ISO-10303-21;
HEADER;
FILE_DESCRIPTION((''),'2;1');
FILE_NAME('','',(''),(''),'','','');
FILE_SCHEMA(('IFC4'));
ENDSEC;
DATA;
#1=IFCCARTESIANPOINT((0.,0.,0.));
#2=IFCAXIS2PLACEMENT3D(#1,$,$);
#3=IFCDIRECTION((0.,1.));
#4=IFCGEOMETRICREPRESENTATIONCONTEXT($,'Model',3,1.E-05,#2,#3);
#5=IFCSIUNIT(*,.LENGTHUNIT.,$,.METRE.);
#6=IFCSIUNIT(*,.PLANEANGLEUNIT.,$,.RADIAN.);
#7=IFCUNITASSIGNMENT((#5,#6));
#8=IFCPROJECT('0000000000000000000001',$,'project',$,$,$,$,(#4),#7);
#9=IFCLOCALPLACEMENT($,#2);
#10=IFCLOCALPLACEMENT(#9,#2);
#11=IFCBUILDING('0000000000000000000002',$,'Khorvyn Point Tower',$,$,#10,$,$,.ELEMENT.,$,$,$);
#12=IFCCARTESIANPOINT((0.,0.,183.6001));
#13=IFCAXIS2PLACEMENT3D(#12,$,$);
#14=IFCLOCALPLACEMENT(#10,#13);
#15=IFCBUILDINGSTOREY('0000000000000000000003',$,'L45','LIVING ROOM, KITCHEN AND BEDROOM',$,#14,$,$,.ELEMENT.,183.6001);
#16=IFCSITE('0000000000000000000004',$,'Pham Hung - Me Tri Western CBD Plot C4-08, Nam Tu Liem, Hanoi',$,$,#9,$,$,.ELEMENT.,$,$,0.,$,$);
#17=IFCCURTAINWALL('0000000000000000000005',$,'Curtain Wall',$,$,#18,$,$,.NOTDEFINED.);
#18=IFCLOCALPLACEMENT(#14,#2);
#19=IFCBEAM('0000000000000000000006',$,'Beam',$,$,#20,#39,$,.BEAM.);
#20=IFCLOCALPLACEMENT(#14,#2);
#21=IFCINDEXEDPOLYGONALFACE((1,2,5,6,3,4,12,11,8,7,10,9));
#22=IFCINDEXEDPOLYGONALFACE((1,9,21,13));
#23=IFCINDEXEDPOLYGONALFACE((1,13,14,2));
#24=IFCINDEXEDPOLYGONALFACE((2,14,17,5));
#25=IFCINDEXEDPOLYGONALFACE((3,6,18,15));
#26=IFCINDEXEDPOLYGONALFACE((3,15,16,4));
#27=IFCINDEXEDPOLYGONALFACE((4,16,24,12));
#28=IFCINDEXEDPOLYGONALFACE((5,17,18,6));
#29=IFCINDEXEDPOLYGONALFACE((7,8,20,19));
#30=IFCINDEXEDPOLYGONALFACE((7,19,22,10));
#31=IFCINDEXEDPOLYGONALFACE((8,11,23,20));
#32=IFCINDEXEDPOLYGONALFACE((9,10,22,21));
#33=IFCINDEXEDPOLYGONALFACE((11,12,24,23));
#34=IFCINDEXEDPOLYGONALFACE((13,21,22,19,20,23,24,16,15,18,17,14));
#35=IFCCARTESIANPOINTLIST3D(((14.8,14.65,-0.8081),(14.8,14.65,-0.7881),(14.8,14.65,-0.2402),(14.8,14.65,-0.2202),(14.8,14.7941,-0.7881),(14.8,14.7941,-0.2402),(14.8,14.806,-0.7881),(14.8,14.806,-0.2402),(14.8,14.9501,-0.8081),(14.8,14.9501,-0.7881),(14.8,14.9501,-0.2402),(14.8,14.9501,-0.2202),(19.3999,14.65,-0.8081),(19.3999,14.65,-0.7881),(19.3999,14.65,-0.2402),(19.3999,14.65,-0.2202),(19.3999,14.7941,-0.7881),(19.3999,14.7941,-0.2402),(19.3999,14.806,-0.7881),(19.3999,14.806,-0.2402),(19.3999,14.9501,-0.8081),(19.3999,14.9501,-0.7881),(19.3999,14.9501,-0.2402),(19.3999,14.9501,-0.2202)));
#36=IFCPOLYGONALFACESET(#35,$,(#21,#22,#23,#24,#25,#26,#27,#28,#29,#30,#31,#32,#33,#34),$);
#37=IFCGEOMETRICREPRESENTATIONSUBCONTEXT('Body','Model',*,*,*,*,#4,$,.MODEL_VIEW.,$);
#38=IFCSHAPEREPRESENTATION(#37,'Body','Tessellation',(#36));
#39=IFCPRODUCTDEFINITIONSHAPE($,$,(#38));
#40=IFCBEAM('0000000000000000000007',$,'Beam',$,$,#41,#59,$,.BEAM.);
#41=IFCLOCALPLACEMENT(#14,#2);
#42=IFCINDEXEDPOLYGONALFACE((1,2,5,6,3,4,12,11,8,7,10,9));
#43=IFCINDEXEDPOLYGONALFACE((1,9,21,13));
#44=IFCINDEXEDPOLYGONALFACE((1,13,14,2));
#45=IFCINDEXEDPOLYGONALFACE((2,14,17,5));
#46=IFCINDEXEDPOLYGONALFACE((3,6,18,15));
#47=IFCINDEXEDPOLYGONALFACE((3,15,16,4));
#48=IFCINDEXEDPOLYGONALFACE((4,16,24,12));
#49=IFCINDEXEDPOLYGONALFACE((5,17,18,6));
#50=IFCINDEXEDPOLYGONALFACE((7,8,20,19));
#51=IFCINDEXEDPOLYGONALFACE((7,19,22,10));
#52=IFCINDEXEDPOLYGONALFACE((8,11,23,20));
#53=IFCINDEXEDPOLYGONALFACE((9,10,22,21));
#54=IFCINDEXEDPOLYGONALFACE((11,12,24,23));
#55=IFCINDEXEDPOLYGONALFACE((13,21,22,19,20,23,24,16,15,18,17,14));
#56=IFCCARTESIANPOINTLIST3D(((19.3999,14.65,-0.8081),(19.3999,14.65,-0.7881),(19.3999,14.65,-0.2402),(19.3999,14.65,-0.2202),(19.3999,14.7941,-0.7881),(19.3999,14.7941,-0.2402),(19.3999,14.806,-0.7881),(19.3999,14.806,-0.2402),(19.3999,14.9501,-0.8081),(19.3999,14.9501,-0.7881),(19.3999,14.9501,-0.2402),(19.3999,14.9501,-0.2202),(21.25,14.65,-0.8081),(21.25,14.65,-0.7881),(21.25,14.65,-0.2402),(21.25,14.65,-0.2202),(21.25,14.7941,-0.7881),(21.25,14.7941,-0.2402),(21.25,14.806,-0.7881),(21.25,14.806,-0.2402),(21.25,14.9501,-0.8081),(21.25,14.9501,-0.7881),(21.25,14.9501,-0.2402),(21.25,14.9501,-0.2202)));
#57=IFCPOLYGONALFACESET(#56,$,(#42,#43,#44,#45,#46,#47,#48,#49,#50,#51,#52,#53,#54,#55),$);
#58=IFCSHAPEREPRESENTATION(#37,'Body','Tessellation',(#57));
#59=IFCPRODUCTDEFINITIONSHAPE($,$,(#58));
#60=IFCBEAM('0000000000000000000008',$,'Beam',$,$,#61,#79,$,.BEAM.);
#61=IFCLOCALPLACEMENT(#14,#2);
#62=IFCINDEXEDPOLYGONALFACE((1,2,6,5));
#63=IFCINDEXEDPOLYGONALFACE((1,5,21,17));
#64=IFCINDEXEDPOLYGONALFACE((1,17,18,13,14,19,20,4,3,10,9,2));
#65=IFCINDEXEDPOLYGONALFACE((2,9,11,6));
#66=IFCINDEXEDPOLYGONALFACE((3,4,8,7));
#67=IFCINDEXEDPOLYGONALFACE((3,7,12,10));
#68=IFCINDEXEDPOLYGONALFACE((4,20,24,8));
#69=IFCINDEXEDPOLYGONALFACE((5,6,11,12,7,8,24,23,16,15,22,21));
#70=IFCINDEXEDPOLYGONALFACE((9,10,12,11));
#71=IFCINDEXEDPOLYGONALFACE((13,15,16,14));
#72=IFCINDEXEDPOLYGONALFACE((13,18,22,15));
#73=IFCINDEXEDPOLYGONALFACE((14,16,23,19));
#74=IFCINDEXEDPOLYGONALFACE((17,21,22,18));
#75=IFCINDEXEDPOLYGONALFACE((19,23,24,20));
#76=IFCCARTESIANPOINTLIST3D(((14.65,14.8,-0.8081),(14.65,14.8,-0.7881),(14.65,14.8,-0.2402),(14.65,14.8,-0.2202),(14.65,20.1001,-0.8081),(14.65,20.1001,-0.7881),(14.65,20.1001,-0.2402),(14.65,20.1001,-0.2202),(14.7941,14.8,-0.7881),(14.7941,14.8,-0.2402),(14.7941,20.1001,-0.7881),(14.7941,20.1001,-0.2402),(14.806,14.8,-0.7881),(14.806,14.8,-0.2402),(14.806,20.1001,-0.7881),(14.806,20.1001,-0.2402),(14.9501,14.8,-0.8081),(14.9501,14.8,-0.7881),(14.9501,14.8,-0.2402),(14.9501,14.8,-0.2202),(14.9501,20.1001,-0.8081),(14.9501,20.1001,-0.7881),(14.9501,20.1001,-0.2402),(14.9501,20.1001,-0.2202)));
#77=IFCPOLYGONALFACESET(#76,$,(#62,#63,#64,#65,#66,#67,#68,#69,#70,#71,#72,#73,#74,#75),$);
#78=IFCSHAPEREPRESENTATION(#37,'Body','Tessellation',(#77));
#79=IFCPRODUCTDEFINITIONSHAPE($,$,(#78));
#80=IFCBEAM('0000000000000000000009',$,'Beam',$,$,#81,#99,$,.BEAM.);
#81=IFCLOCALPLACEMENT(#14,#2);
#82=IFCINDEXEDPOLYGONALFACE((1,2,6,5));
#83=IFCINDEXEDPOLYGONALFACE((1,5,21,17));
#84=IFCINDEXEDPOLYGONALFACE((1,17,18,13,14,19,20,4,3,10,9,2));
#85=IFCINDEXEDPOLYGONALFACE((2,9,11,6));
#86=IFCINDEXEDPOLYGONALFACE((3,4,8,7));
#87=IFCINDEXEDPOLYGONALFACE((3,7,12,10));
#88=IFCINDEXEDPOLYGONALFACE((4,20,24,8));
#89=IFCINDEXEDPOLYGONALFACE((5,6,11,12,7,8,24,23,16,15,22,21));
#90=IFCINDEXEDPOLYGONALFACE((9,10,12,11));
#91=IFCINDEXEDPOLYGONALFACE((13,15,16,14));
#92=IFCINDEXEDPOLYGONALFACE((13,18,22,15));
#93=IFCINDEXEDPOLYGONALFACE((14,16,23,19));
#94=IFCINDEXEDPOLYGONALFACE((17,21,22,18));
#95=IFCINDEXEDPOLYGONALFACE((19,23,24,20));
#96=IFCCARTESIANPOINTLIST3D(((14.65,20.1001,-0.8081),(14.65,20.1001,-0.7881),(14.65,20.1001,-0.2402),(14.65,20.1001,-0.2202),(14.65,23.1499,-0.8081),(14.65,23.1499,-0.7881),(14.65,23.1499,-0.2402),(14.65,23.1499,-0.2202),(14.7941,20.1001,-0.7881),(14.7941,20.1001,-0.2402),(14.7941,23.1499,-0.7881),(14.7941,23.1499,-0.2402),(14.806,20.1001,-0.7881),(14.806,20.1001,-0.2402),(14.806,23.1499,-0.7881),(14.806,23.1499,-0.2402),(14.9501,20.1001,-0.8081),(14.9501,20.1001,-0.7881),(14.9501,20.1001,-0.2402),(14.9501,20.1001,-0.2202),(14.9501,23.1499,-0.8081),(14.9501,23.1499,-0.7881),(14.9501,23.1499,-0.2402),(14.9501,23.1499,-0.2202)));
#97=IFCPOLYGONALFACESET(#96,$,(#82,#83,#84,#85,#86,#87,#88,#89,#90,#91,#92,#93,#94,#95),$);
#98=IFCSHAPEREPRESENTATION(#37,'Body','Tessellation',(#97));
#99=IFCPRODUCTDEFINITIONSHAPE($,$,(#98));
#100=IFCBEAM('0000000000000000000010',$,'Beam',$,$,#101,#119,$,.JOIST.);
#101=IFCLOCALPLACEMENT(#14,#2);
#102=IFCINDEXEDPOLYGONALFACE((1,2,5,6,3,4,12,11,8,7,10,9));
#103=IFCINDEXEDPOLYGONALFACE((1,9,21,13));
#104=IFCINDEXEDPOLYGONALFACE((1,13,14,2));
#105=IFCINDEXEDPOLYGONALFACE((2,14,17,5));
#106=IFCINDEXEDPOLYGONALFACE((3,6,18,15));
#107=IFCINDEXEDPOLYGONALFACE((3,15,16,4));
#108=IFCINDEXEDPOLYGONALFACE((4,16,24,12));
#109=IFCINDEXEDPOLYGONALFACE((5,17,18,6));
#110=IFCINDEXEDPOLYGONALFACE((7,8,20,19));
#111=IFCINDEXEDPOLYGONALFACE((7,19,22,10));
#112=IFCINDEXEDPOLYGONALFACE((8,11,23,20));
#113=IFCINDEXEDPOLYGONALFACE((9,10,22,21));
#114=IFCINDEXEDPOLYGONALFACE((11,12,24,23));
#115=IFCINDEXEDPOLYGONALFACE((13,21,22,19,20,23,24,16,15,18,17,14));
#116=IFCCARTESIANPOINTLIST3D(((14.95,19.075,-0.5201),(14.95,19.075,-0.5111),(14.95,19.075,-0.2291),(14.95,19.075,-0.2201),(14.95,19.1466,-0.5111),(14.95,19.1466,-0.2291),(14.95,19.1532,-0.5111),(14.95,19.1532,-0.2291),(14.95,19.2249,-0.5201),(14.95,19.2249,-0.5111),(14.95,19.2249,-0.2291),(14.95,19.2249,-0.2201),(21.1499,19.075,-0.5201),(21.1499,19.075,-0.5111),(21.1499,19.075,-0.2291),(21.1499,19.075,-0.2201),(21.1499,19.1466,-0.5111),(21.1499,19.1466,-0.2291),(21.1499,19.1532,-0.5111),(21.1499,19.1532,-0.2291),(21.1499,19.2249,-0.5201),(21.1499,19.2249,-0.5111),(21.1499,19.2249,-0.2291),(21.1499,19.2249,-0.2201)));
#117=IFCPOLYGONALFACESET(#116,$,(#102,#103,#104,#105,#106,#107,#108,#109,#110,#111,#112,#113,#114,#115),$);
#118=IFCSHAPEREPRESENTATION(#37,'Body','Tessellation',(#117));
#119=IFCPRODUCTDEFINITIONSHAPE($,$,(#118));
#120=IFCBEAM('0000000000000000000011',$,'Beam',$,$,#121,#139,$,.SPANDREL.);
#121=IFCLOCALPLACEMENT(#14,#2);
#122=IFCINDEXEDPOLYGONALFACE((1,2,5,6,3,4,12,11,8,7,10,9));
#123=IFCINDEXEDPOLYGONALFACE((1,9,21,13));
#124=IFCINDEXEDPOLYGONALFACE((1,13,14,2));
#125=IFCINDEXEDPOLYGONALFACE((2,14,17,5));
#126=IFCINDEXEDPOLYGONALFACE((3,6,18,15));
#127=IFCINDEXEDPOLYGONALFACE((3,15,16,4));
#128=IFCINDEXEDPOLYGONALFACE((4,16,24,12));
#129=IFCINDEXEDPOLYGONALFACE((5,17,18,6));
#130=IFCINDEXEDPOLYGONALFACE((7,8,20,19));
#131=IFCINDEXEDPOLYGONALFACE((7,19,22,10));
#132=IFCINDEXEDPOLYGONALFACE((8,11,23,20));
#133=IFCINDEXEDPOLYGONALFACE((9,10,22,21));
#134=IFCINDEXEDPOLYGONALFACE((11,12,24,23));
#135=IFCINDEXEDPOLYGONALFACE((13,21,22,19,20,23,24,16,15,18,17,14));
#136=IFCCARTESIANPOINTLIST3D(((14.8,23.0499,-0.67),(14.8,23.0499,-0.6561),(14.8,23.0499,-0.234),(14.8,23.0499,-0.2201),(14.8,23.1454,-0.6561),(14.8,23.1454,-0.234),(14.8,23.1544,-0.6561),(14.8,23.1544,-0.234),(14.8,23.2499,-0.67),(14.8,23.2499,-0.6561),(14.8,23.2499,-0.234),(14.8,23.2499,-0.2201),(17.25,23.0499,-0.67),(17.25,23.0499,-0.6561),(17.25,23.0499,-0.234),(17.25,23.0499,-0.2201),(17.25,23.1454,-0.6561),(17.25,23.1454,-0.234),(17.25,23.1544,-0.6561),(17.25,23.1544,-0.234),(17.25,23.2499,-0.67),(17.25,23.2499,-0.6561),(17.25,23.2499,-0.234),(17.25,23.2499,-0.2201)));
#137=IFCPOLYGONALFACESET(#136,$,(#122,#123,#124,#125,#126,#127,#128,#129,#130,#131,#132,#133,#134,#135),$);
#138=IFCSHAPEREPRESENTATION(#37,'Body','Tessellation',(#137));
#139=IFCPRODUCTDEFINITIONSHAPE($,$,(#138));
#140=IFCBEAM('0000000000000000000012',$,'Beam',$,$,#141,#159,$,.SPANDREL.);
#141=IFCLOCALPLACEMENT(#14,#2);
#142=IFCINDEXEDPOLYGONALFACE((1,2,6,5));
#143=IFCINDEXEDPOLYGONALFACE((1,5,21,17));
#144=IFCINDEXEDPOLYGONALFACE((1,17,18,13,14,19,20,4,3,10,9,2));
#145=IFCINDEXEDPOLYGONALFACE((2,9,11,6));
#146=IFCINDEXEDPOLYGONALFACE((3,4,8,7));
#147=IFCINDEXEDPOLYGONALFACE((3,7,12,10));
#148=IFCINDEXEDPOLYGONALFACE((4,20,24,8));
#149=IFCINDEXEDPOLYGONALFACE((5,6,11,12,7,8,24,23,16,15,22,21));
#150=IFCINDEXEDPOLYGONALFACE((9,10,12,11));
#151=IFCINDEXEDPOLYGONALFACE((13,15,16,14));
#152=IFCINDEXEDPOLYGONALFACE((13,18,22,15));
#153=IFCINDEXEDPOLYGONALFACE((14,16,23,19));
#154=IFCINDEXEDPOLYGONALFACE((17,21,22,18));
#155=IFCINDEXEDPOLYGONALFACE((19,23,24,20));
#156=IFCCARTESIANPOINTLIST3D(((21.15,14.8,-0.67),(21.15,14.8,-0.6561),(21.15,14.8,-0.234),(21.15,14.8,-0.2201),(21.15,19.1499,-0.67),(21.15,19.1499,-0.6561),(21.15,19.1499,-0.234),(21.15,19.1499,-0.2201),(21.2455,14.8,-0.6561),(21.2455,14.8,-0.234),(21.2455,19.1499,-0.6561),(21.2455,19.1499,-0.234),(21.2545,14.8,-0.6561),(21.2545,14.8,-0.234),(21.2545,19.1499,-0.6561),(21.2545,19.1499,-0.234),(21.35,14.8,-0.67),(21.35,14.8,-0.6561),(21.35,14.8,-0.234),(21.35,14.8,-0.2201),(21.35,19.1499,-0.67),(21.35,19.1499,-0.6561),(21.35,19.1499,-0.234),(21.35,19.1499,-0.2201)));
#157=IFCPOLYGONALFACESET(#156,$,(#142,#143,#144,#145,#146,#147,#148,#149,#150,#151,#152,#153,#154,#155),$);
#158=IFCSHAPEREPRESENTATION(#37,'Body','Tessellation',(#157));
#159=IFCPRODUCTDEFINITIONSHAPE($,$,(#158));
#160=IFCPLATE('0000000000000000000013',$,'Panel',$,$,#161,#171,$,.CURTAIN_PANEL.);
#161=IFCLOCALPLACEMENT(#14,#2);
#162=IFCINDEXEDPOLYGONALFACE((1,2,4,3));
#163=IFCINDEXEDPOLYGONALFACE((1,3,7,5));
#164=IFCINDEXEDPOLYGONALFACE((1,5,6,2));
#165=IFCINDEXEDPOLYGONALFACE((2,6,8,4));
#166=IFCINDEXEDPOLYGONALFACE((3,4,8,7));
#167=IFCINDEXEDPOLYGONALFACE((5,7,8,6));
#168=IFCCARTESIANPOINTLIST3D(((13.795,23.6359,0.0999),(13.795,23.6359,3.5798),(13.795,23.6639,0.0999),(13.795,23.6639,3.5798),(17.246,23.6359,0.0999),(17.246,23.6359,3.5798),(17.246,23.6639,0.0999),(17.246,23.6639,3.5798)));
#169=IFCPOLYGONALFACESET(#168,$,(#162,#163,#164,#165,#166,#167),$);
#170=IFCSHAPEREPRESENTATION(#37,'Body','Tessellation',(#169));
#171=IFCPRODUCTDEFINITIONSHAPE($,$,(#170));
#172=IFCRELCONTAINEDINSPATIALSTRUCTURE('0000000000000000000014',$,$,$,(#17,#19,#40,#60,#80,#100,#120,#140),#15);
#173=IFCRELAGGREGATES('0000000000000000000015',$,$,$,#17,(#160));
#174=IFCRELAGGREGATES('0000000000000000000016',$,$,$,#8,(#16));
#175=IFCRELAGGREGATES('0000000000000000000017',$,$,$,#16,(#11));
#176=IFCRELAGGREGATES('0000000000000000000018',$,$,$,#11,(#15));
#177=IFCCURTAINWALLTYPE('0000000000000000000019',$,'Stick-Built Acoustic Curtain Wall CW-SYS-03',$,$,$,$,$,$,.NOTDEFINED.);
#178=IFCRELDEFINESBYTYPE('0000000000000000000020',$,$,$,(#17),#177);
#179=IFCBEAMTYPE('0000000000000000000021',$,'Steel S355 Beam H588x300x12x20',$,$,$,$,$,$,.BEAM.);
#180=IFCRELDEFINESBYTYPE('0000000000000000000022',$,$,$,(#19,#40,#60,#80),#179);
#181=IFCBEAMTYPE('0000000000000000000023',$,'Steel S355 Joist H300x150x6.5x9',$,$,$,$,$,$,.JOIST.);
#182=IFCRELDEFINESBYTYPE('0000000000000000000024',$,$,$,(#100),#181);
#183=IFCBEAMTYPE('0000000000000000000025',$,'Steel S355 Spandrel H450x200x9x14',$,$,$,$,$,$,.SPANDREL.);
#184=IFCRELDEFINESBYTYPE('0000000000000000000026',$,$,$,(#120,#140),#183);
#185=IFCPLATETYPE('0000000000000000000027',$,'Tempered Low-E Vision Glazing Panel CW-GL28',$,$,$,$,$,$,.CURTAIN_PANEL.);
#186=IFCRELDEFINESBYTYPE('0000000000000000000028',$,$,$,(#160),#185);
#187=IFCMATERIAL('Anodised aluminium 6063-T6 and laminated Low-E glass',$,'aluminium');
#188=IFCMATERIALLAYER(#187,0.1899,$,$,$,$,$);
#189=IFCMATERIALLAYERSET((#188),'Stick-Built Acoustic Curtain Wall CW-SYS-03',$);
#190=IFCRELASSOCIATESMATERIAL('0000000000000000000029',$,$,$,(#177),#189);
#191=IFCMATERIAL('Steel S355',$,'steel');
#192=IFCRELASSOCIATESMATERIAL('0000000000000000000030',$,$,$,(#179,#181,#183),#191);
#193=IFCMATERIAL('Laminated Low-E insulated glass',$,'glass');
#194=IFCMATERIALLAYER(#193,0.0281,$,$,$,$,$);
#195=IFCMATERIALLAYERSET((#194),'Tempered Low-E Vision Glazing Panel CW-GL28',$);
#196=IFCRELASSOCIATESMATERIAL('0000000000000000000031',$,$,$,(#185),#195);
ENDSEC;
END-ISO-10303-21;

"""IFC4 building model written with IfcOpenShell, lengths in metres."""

from ifc_helpers import new_model, si_unit, direction, frame, origin, origin_2d, place, context, subcontext, project, spatial, rectangle, i_section, extrude, material, layer, layer_set, material_profile, profile_set, type_object, element, aggregate, save


model = new_model("IFC4")

# Units and contexts
model_context = context("Model", 3, precision=1e-05, world=origin(), true_north=direction((0.0, 1.0)))
body_context = subcontext(model_context, "Body", "Model", "MODEL_VIEW")
ifc_project = project(units=[si_unit("LENGTHUNIT", "METRE"), si_unit("PLANEANGLEUNIT", "RADIAN")], contexts=[model_context])

# Site, building, storey
site_placement = place(None, origin())
site = spatial("IfcSite", under=ifc_project, at=site_placement, Name="Pham Hung - Me Tri Western CBD Plot C4-08, Nam Tu Liem, Hanoi", CompositionType="ELEMENT", RefElevation=0.0)
building_placement = place(site_placement, origin())
building = spatial("IfcBuilding", under=site, at=building_placement, Name="Khorvyn Point Tower", CompositionType="ELEMENT")
storey_placement = place(building_placement, frame((0.0, 0.0, 183.6001)))
storey = spatial("IfcBuildingStorey", under=building, at=storey_placement, Name="L45", Description="LIVING ROOM, KITCHEN AND BEDROOM", CompositionType="ELEMENT", Elevation=183.6001)

# Curtain wall
ifc_material_1 = material(Name="Anodised aluminium 6063-T6 and laminated Low-E glass", Category="aluminium")
ifc_layer_1 = layer(ifc_material_1, 0.1899)
ifc_layer_set_1 = layer_set([ifc_layer_1], Name="Stick-Built Acoustic Curtain Wall CW-SYS-03")
curtain_wall_type = type_object("IfcCurtainWallType", Name="Stick-Built Acoustic Curtain Wall CW-SYS-03", PredefinedType="NOTDEFINED", material=ifc_layer_set_1)
curtain_wall_1_placement = place(storey_placement, origin())
curtain_wall_1 = element("IfcCurtainWall", 1, at=curtain_wall_1_placement, inside=storey, type_object=curtain_wall_type, Name="Curtain Wall", PredefinedType="NOTDEFINED")

# Beams
ifc_material_2 = material(Name="Steel S355", Category="steel")
ifc_material_profile_1 = material_profile(ifc_material_2, i_section(OverallWidth=0.3, OverallDepth=0.5879, WebThickness=0.012, FlangeThickness=0.02, at=origin_2d()))
ifc_profile_set_1 = profile_set([ifc_material_profile_1], Name="Steel S355 H588x300x12x20")
beam_type_1 = type_object("IfcBeamType", Name="Steel S355 Beam H588x300x12x20", PredefinedType="BEAM", material=ifc_profile_set_1)
beam_1_placement = place(storey_placement, frame((14.8, 14.8, -0.5142), z_axis=(1.0, 0.0, 0.0), x_axis=(0.0, 1.0, 0.0)))
element("IfcBeam", 2, at=beam_1_placement, inside=storey, type_object=beam_type_1, Name="Beam", PredefinedType="BEAM", context=body_context, shape_type="SweptSolid", body=[
    extrude(i_section(OverallWidth=0.3, OverallDepth=0.5879, WebThickness=0.012, FlangeThickness=0.02, at=origin_2d()), origin(), (0.0, 0.0, 1.0), 4.5999),
])
beam_2_placement = place(storey_placement, frame((19.3999, 14.8, -0.5142), z_axis=(1.0, 0.0, 0.0), x_axis=(0.0, 1.0, 0.0)))
element("IfcBeam", 3, at=beam_2_placement, inside=storey, type_object=beam_type_1, Name="Beam", PredefinedType="BEAM", context=body_context, shape_type="SweptSolid", body=[
    extrude(i_section(OverallWidth=0.3, OverallDepth=0.5879, WebThickness=0.012, FlangeThickness=0.02, at=origin_2d()), origin(), (0.0, 0.0, 1.0), 1.8501),
])
beam_3_placement = place(storey_placement, frame((14.8, 14.8, -0.5142), z_axis=(0.0, 1.0, 0.0), x_axis=(-1.0, 0.0, 0.0)))
element("IfcBeam", 4, at=beam_3_placement, inside=storey, type_object=beam_type_1, Name="Beam", PredefinedType="BEAM", context=body_context, shape_type="SweptSolid", body=[
    extrude(i_section(OverallWidth=0.3, OverallDepth=0.5879, WebThickness=0.012, FlangeThickness=0.02, at=origin_2d()), origin(), (0.0, 0.0, 1.0), 5.3),
])
beam_4_placement = place(storey_placement, frame((14.8, 20.1001, -0.5142), z_axis=(0.0, 1.0, 0.0), x_axis=(-1.0, 0.0, 0.0)))
element("IfcBeam", 5, at=beam_4_placement, inside=storey, type_object=beam_type_1, Name="Beam", PredefinedType="BEAM", context=body_context, shape_type="SweptSolid", body=[
    extrude(i_section(OverallWidth=0.3, OverallDepth=0.5879, WebThickness=0.012, FlangeThickness=0.02, at=origin_2d()), origin(), (0.0, 0.0, 1.0), 3.0498),
])
ifc_material_profile_2 = material_profile(ifc_material_2, i_section(OverallWidth=0.1499, OverallDepth=0.3, WebThickness=0.0066, FlangeThickness=0.009, at=origin_2d()))
ifc_profile_set_2 = profile_set([ifc_material_profile_2], Name="Steel S355 H300x150x6.5x9")
beam_type_2 = type_object("IfcBeamType", Name="Steel S355 Joist H300x150x6.5x9", PredefinedType="JOIST", material=ifc_profile_set_2)
beam_5_placement = place(storey_placement, frame((14.95, 19.1499, -0.3701), z_axis=(1.0, 0.0, 0.0), x_axis=(0.0, 1.0, 0.0)))
element("IfcBeam", 6, at=beam_5_placement, inside=storey, type_object=beam_type_2, Name="Beam", PredefinedType="JOIST", context=body_context, shape_type="SweptSolid", body=[
    extrude(i_section(OverallWidth=0.1499, OverallDepth=0.3, WebThickness=0.0066, FlangeThickness=0.009, at=origin_2d()), origin(), (0.0, 0.0, 1.0), 6.2),
])
ifc_material_profile_3 = material_profile(ifc_material_2, i_section(OverallWidth=0.2, OverallDepth=0.45, WebThickness=0.009, FlangeThickness=0.0139, at=origin_2d()))
ifc_profile_set_3 = profile_set([ifc_material_profile_3], Name="Steel S355 H450x200x9x14")
beam_type_3 = type_object("IfcBeamType", Name="Steel S355 Spandrel H450x200x9x14", PredefinedType="SPANDREL", material=ifc_profile_set_3)
beam_6_placement = place(storey_placement, frame((14.8, 23.1499, -0.4451), z_axis=(1.0, 0.0, 0.0), x_axis=(0.0, 1.0, 0.0)))
element("IfcBeam", 7, at=beam_6_placement, inside=storey, type_object=beam_type_3, Name="Beam", PredefinedType="SPANDREL", context=body_context, shape_type="SweptSolid", body=[
    extrude(i_section(OverallWidth=0.2, OverallDepth=0.45, WebThickness=0.009, FlangeThickness=0.0139, at=origin_2d()), origin(), (0.0, 0.0, 1.0), 2.45),
])
beam_7_placement = place(storey_placement, frame((21.25, 14.8, -0.4451), z_axis=(0.0, 1.0, 0.0), x_axis=(-1.0, 0.0, 0.0)))
element("IfcBeam", 8, at=beam_7_placement, inside=storey, type_object=beam_type_3, Name="Beam", PredefinedType="SPANDREL", context=body_context, shape_type="SweptSolid", body=[
    extrude(i_section(OverallWidth=0.2, OverallDepth=0.45, WebThickness=0.009, FlangeThickness=0.0139, at=origin_2d()), origin(), (0.0, 0.0, 1.0), 4.3499),
])

# Plate
ifc_material_3 = material(Name="Laminated Low-E insulated glass", Category="glass")
ifc_layer_2 = layer(ifc_material_3, 0.0281)
ifc_layer_set_2 = layer_set([ifc_layer_2], Name="Tempered Low-E Vision Glazing Panel CW-GL28")
plate_type = type_object("IfcPlateType", Name="Tempered Low-E Vision Glazing Panel CW-GL28", PredefinedType="CURTAIN_PANEL", material=ifc_layer_set_2)
plate_placement = place(storey_placement, frame((15.5205, 23.6499, 0.0999), z_axis=(0.0, 0.0, 1.0), x_axis=(1.0, 0.0, 0.0)))
plate = element("IfcPlate", 9, at=plate_placement, type_object=plate_type, Name="Panel", PredefinedType="CURTAIN_PANEL", context=body_context, shape_type="SweptSolid", body=[
    extrude(rectangle(XDim=3.4509, YDim=0.0281, at=origin_2d()), origin(), (0.0, 0.0, 1.0), 3.48),
])
aggregate(curtain_wall_1, [plate])

save(model, "model.ifc")
